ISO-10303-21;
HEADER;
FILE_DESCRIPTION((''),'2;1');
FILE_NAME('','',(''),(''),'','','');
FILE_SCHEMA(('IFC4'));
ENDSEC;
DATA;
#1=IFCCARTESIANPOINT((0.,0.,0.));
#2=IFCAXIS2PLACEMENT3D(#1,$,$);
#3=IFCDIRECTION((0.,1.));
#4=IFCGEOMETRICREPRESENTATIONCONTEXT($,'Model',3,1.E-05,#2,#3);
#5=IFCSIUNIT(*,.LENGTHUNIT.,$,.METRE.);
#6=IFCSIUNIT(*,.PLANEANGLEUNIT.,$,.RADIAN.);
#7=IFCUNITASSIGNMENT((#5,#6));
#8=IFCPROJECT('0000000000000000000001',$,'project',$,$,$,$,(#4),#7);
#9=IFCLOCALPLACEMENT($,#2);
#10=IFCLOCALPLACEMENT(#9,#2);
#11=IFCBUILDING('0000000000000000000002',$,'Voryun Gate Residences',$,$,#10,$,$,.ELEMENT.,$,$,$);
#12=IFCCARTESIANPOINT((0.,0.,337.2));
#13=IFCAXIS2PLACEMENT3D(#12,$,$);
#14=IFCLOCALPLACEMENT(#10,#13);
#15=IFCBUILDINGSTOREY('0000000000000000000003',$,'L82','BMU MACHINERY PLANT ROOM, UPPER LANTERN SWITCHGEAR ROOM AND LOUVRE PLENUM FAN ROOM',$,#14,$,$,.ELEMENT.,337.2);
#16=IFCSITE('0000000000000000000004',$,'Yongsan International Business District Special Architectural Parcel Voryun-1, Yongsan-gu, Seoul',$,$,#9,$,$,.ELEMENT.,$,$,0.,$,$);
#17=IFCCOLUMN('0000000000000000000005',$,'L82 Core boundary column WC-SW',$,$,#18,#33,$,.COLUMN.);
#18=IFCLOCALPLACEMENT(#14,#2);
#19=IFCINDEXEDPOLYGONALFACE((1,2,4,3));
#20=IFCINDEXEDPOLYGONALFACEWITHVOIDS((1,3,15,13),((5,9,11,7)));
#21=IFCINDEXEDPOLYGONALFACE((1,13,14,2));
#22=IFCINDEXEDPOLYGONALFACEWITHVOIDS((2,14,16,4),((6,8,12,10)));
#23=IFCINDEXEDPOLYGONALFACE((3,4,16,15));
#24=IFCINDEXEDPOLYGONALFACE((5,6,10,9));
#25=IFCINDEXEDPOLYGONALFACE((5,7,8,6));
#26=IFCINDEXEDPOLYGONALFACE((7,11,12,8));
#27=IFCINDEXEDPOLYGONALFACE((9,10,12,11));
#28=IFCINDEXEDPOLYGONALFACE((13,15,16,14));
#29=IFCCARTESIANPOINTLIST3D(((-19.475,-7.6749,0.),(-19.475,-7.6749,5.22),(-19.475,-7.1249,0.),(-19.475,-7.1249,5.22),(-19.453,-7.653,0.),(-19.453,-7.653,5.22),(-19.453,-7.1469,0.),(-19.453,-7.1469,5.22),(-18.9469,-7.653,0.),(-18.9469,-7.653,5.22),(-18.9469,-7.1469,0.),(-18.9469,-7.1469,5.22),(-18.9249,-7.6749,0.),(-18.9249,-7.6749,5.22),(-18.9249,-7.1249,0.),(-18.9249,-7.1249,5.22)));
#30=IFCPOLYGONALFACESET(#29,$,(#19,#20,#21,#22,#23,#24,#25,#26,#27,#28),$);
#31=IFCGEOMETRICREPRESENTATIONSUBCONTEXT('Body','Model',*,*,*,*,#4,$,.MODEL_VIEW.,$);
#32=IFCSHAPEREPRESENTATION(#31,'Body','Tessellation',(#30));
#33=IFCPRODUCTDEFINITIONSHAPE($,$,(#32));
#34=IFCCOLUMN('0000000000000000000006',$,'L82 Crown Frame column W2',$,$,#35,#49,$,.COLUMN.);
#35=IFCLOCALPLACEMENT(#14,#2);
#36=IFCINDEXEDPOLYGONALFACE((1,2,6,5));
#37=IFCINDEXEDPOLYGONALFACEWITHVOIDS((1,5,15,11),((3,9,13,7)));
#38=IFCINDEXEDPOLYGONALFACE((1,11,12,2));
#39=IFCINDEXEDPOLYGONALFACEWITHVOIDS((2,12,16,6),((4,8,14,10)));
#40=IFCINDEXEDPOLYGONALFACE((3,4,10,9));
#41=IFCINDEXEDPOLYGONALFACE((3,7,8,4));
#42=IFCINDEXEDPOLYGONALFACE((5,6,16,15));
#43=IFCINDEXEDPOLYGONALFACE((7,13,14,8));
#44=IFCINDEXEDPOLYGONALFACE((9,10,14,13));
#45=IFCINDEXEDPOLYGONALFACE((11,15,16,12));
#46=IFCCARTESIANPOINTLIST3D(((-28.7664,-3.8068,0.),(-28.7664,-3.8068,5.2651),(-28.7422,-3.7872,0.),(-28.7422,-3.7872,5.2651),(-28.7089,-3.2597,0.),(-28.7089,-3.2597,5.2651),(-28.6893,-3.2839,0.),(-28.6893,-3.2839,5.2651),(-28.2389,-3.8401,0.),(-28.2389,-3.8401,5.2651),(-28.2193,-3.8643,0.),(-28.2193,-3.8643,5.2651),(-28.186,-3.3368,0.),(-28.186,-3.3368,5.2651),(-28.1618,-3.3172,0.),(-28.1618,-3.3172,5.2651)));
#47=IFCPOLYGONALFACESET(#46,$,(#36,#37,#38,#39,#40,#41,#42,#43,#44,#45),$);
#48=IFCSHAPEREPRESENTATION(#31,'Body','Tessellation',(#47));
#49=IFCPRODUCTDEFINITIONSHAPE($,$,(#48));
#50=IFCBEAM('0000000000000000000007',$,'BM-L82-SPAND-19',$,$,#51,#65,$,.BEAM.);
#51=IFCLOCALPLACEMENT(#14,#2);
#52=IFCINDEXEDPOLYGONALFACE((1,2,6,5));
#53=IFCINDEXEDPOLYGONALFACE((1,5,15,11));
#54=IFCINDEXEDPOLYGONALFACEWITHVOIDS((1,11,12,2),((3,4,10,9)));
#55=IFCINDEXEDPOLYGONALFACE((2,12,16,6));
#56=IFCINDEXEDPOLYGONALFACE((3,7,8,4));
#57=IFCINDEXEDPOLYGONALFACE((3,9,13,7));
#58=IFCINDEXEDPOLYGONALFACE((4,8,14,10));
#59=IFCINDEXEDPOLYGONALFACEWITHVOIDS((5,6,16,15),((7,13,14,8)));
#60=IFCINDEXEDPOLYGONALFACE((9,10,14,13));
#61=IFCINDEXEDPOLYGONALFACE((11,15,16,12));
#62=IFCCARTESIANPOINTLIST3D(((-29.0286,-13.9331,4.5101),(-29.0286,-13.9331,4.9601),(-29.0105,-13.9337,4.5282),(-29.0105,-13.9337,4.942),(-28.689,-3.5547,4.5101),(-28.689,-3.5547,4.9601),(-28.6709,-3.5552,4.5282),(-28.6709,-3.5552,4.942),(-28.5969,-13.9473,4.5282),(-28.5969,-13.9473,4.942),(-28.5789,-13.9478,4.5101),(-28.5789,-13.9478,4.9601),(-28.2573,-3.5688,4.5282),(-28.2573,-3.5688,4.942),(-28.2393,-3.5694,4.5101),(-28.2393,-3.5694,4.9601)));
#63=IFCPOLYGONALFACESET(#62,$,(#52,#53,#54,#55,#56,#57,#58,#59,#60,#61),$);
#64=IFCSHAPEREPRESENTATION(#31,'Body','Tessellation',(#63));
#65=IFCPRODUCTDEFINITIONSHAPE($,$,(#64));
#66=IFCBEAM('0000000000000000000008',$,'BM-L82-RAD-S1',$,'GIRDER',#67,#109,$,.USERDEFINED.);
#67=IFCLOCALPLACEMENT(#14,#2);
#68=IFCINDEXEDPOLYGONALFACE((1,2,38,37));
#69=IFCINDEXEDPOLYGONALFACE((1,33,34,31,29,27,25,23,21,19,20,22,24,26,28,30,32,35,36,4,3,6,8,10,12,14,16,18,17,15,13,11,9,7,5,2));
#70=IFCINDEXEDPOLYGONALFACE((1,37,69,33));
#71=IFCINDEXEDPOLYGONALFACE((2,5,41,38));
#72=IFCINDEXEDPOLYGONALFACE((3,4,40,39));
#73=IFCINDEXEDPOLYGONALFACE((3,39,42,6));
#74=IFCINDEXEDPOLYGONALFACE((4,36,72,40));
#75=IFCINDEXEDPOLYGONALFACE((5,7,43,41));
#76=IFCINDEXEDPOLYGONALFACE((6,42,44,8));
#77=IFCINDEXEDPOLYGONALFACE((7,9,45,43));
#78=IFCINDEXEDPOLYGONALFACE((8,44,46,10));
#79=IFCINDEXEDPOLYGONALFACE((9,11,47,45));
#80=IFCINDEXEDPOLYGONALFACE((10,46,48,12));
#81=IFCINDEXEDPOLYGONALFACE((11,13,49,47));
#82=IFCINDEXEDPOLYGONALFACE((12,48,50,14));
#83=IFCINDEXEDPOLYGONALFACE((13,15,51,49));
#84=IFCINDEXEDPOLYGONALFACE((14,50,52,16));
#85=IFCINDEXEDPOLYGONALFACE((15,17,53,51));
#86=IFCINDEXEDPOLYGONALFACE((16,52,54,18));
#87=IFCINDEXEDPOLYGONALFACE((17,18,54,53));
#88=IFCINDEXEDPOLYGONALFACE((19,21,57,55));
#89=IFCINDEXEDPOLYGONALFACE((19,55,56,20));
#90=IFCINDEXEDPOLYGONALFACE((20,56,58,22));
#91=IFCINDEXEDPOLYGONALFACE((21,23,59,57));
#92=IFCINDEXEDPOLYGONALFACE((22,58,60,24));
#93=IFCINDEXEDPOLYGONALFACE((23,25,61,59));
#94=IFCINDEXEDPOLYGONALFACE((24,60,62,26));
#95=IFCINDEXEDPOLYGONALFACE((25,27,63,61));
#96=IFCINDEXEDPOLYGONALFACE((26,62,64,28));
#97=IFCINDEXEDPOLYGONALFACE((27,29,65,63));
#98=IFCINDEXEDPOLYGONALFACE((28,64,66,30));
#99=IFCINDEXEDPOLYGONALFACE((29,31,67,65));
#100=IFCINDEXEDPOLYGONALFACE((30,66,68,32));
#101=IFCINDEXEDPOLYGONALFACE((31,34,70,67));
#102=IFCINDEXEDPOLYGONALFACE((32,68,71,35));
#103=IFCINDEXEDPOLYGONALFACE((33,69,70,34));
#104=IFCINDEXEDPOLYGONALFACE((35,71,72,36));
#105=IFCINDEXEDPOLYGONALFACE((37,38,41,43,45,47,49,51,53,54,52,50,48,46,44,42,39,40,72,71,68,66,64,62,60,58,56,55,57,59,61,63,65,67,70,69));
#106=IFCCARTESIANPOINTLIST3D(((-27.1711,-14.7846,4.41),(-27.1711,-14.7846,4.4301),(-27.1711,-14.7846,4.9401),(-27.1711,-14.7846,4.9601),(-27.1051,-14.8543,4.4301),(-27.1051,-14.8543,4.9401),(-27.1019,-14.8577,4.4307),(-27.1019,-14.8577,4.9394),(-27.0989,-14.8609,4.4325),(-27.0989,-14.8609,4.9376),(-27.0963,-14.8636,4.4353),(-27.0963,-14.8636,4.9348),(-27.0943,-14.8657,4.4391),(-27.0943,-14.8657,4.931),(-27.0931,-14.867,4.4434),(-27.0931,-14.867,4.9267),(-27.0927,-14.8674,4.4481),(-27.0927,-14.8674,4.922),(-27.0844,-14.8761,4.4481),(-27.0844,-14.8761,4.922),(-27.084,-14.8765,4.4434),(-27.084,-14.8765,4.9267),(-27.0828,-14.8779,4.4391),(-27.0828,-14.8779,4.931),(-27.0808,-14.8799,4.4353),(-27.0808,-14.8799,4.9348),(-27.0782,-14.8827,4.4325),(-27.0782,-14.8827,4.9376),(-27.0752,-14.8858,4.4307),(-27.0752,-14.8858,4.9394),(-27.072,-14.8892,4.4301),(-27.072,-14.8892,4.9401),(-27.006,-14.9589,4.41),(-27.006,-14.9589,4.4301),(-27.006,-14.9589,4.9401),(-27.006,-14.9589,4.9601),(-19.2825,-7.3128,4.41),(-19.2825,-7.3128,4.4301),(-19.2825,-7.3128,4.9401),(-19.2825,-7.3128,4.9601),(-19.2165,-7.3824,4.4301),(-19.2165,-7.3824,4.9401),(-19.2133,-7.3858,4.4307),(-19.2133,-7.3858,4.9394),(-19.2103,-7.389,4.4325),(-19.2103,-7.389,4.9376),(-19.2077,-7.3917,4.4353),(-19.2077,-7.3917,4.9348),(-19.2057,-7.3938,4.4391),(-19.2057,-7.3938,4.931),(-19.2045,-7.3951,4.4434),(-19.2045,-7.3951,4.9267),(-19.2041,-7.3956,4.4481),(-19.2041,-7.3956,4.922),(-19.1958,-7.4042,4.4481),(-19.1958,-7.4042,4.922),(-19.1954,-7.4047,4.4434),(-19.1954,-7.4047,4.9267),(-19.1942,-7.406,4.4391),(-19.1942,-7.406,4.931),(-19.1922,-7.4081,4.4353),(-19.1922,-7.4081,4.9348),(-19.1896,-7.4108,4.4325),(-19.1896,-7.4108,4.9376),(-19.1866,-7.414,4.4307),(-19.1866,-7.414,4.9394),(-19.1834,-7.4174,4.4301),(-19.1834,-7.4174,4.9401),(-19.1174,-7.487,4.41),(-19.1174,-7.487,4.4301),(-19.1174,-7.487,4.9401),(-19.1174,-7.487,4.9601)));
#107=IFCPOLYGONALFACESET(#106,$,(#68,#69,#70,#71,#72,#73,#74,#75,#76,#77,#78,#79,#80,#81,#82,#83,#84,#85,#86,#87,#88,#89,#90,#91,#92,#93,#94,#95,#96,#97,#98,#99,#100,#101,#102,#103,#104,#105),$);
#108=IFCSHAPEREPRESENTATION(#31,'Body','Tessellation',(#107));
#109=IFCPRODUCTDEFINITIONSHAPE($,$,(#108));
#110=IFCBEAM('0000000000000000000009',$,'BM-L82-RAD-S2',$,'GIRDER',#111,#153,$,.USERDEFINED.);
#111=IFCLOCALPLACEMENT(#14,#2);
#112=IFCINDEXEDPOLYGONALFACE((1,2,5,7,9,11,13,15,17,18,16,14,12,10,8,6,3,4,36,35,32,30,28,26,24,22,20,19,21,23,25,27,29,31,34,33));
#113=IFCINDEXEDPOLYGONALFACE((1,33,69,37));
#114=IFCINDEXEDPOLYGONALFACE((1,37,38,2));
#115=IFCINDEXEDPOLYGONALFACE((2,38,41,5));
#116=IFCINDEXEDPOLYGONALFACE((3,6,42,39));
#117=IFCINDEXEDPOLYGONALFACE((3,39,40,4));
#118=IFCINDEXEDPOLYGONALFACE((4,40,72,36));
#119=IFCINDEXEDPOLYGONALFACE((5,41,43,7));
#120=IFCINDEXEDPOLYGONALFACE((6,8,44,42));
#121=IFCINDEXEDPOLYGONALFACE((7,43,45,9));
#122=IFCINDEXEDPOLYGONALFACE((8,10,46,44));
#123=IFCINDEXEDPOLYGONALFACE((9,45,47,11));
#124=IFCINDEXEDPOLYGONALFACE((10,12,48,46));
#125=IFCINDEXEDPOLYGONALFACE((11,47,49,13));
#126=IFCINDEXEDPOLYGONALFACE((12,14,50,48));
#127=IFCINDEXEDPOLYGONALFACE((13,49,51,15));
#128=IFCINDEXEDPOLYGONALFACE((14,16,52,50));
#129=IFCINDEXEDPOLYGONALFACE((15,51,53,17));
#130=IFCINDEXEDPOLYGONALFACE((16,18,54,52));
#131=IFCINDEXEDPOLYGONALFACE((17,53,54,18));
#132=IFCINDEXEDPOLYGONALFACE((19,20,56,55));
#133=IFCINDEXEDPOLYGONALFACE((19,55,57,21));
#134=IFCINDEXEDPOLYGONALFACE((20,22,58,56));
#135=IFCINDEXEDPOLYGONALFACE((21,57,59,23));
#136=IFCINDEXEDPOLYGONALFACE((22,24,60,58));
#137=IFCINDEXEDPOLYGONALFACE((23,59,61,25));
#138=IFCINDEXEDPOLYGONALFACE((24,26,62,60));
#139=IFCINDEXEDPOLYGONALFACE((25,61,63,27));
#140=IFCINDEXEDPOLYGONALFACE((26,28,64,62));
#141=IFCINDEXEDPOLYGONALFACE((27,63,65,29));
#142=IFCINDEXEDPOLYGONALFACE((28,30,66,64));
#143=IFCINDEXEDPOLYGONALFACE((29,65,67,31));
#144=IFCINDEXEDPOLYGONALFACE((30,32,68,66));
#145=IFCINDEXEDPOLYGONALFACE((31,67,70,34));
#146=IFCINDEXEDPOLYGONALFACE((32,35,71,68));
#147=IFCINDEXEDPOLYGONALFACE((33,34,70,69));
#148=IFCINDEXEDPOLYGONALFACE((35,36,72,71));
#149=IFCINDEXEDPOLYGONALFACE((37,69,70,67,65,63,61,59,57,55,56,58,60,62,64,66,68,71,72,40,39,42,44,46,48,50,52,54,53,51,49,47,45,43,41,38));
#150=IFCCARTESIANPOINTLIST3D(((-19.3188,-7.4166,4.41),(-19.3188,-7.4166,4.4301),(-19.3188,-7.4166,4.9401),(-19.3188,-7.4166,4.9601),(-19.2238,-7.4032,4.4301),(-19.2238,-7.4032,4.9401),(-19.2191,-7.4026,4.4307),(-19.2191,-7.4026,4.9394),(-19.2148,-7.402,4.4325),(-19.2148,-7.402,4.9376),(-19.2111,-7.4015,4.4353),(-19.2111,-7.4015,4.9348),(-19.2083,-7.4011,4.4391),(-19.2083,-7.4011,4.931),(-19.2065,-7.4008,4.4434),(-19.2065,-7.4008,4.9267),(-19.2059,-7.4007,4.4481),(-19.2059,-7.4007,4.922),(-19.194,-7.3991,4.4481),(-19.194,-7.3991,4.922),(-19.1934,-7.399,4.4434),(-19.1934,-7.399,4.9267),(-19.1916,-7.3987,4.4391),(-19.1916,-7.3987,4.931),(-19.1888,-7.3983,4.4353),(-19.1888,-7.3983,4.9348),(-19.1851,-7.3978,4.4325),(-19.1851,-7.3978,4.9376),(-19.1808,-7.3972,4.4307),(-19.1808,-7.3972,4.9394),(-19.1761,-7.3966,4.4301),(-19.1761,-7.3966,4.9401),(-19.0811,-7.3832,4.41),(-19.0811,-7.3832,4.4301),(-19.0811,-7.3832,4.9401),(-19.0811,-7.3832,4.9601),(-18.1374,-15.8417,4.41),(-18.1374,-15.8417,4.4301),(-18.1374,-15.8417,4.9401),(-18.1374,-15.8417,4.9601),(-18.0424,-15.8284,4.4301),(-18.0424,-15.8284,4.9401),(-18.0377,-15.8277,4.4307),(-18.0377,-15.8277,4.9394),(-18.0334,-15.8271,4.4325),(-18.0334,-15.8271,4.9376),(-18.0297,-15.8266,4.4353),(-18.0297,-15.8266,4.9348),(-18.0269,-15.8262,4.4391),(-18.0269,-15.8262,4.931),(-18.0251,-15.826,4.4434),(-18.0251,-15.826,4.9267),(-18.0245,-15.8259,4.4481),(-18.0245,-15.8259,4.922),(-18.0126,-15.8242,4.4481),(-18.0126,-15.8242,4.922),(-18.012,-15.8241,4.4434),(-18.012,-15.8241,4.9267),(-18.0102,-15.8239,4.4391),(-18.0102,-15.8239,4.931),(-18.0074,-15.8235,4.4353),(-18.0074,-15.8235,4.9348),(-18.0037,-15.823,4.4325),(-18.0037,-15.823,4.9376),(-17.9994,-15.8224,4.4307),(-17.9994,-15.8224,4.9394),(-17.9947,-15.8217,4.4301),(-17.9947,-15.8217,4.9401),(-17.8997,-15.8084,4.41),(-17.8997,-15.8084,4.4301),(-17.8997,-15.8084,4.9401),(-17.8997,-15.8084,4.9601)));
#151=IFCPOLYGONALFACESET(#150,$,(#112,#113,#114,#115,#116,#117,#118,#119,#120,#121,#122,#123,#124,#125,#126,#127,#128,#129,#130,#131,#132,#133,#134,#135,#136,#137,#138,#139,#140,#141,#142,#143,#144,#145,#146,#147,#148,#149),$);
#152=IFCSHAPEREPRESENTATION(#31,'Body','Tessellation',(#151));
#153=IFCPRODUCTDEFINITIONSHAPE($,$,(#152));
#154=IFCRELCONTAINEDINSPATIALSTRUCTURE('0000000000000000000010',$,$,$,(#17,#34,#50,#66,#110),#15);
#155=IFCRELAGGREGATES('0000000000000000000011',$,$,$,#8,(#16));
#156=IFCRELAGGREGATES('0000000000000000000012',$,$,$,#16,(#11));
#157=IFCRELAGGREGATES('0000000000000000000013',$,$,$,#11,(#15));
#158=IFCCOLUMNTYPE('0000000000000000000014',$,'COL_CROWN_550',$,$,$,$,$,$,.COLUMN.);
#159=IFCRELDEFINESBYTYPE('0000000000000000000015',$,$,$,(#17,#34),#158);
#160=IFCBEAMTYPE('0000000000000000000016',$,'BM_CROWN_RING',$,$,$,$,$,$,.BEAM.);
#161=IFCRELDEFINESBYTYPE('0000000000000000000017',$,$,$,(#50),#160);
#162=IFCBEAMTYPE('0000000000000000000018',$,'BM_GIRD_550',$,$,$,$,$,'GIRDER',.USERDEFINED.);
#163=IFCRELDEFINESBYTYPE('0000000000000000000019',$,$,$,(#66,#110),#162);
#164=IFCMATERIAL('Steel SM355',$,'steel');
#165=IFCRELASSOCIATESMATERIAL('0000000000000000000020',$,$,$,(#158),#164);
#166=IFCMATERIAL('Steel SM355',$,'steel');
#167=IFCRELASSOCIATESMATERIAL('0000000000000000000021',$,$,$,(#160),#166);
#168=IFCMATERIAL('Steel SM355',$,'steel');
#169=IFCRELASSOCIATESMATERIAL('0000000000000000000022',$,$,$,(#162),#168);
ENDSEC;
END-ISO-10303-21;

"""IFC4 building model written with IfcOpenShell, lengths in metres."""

from ifc_helpers import new_model, si_unit, direction, frame, origin, origin_2d, place, context, subcontext, project, spatial, hollow_rectangle, i_section, extrude, material, material_profile, profile_set, type_object, element, save


model = new_model("IFC4")

# Units and contexts
model_context = context("Model", 3, precision=1e-05, world=origin(), true_north=direction((0.0, 1.0)))
body_context = subcontext(model_context, "Body", "Model", "MODEL_VIEW")
ifc_project = project(units=[si_unit("LENGTHUNIT", "METRE"), si_unit("PLANEANGLEUNIT", "RADIAN")], contexts=[model_context])

# Site, building, storey
site_placement = place(None, origin())
site = spatial("IfcSite", under=ifc_project, at=site_placement, Name="Yongsan International Business District Special Architectural Parcel Voryun-1, Yongsan-gu, Seoul", CompositionType="ELEMENT", RefElevation=0.0)
building_placement = place(site_placement, origin())
building = spatial("IfcBuilding", under=site, at=building_placement, Name="Voryun Gate Residences", CompositionType="ELEMENT")
storey_placement = place(building_placement, frame((0.0, 0.0, 337.2)))
storey = spatial("IfcBuildingStorey", under=building, at=storey_placement, Name="L82", Description="BMU MACHINERY PLANT ROOM, UPPER LANTERN SWITCHGEAR ROOM AND LOUVRE PLENUM FAN ROOM", CompositionType="ELEMENT", Elevation=337.2)

# Columns
ifc_material_1 = material(Name="Steel SM355", Category="steel")
ifc_material_profile_1 = material_profile(ifc_material_1, hollow_rectangle(XDim=0.55, YDim=0.55, WallThickness=0.022, at=origin_2d()), Name="BOX-550x550x22")
ifc_profile_set_1 = profile_set([ifc_material_profile_1], Name="Steel SM355")
column_type = type_object("IfcColumnType", Name="COL_CROWN_550", PredefinedType="COLUMN", material=ifc_profile_set_1)
column_1_placement = place(storey_placement, frame((-19.2, -7.3999, 0.0), z_axis=(0.0, 0.0, 1.0), x_axis=(1.0, 0.0, 0.0)))
element("IfcColumn", 1, at=column_1_placement, inside=storey, type_object=column_type, Name="L82 Core boundary column WC-SW", PredefinedType="COLUMN", context=body_context, shape_type="SweptSolid", body=[
    extrude(hollow_rectangle(XDim=0.55, YDim=0.55, WallThickness=0.022, at=origin_2d()), origin(), (0.0, 0.0, 1.0), 5.22),
])
column_2_placement = place(storey_placement, frame((-28.4641, -3.562, 0.0), z_axis=(0.0, 0.0, 1.0), x_axis=(0.994522, -0.104528, 0.0)))
element("IfcColumn", 2, at=column_2_placement, inside=storey, type_object=column_type, Name="L82 Crown Frame column W2", PredefinedType="COLUMN", context=body_context, shape_type="SweptSolid", body=[
    extrude(hollow_rectangle(XDim=0.55, YDim=0.55, WallThickness=0.022, at=origin_2d()), origin(), (0.0, 0.0, 1.0), 5.2651),
])

# Beams
ifc_material_2 = material(Name="Steel SM355", Category="steel")
ifc_material_profile_2 = material_profile(ifc_material_2, hollow_rectangle(XDim=0.45, YDim=0.45, WallThickness=0.0181, at=origin_2d()), Name="BOX-450x450x18")
ifc_profile_set_2 = profile_set([ifc_material_profile_2], Name="Steel SM355")
beam_type_1 = type_object("IfcBeamType", Name="BM_CROWN_RING", PredefinedType="BEAM", material=ifc_profile_set_2)
beam_1_placement = place(storey_placement, frame((-28.4641, -3.562, 4.7351), z_axis=(-0.032704, -0.999465, 0.0), x_axis=(0.999465, -0.032704, 0.0)))
element("IfcBeam", 3, at=beam_1_placement, inside=storey, type_object=beam_type_1, Name="BM-L82-SPAND-19", PredefinedType="BEAM", context=body_context, shape_type="SweptSolid", body=[
    extrude(hollow_rectangle(XDim=0.45, YDim=0.45, WallThickness=0.0181, at=origin_2d()), origin(), (0.0, 0.0, 1.0), 10.384),
])
ifc_material_3 = material(Name="Steel SM355", Category="steel")
ifc_material_profile_3 = material_profile(ifc_material_3, i_section(OverallWidth=0.24, OverallDepth=0.55, WebThickness=0.012, FlangeThickness=0.02, FilletRadius=0.0181, at=origin_2d()), Name="H-550x240x12x20")
ifc_profile_set_3 = profile_set([ifc_material_profile_3], Name="Steel SM355")
beam_type_2 = type_object("IfcBeamType", Name="BM_GIRD_550", ElementType="GIRDER", PredefinedType="USERDEFINED", material=ifc_profile_set_3)
beam_2_placement = place(storey_placement, frame((-19.2, -7.3999, 4.6851), z_axis=(-0.726024, -0.687669, 0.0), x_axis=(0.687669, -0.726024, 0.0)))
element("IfcBeam", 4, at=beam_2_placement, inside=storey, type_object=beam_type_2, Name="BM-L82-RAD-S1", ObjectType="GIRDER", PredefinedType="USERDEFINED", context=body_context, shape_type="SweptSolid", body=[
    extrude(i_section(OverallWidth=0.24, OverallDepth=0.55, WebThickness=0.012, FlangeThickness=0.02, FilletRadius=0.0181, at=origin_2d()), origin(), (0.0, 0.0, 1.0), 10.8655),
])
beam_3_placement = place(storey_placement, frame((-19.2, -7.3999, 4.6851), z_axis=(0.138866, -0.990311, 0.0), x_axis=(0.990311, 0.138866, 0.0)))
element("IfcBeam", 5, at=beam_3_placement, inside=storey, type_object=beam_type_2, Name="BM-L82-RAD-S2", ObjectType="GIRDER", PredefinedType="USERDEFINED", context=body_context, shape_type="SweptSolid", body=[
    extrude(i_section(OverallWidth=0.24, OverallDepth=0.55, WebThickness=0.012, FlangeThickness=0.02, FilletRadius=0.0181, at=origin_2d()), origin(), (0.0, 0.0, 1.0), 8.5076),
])

save(model, "model.ifc")
